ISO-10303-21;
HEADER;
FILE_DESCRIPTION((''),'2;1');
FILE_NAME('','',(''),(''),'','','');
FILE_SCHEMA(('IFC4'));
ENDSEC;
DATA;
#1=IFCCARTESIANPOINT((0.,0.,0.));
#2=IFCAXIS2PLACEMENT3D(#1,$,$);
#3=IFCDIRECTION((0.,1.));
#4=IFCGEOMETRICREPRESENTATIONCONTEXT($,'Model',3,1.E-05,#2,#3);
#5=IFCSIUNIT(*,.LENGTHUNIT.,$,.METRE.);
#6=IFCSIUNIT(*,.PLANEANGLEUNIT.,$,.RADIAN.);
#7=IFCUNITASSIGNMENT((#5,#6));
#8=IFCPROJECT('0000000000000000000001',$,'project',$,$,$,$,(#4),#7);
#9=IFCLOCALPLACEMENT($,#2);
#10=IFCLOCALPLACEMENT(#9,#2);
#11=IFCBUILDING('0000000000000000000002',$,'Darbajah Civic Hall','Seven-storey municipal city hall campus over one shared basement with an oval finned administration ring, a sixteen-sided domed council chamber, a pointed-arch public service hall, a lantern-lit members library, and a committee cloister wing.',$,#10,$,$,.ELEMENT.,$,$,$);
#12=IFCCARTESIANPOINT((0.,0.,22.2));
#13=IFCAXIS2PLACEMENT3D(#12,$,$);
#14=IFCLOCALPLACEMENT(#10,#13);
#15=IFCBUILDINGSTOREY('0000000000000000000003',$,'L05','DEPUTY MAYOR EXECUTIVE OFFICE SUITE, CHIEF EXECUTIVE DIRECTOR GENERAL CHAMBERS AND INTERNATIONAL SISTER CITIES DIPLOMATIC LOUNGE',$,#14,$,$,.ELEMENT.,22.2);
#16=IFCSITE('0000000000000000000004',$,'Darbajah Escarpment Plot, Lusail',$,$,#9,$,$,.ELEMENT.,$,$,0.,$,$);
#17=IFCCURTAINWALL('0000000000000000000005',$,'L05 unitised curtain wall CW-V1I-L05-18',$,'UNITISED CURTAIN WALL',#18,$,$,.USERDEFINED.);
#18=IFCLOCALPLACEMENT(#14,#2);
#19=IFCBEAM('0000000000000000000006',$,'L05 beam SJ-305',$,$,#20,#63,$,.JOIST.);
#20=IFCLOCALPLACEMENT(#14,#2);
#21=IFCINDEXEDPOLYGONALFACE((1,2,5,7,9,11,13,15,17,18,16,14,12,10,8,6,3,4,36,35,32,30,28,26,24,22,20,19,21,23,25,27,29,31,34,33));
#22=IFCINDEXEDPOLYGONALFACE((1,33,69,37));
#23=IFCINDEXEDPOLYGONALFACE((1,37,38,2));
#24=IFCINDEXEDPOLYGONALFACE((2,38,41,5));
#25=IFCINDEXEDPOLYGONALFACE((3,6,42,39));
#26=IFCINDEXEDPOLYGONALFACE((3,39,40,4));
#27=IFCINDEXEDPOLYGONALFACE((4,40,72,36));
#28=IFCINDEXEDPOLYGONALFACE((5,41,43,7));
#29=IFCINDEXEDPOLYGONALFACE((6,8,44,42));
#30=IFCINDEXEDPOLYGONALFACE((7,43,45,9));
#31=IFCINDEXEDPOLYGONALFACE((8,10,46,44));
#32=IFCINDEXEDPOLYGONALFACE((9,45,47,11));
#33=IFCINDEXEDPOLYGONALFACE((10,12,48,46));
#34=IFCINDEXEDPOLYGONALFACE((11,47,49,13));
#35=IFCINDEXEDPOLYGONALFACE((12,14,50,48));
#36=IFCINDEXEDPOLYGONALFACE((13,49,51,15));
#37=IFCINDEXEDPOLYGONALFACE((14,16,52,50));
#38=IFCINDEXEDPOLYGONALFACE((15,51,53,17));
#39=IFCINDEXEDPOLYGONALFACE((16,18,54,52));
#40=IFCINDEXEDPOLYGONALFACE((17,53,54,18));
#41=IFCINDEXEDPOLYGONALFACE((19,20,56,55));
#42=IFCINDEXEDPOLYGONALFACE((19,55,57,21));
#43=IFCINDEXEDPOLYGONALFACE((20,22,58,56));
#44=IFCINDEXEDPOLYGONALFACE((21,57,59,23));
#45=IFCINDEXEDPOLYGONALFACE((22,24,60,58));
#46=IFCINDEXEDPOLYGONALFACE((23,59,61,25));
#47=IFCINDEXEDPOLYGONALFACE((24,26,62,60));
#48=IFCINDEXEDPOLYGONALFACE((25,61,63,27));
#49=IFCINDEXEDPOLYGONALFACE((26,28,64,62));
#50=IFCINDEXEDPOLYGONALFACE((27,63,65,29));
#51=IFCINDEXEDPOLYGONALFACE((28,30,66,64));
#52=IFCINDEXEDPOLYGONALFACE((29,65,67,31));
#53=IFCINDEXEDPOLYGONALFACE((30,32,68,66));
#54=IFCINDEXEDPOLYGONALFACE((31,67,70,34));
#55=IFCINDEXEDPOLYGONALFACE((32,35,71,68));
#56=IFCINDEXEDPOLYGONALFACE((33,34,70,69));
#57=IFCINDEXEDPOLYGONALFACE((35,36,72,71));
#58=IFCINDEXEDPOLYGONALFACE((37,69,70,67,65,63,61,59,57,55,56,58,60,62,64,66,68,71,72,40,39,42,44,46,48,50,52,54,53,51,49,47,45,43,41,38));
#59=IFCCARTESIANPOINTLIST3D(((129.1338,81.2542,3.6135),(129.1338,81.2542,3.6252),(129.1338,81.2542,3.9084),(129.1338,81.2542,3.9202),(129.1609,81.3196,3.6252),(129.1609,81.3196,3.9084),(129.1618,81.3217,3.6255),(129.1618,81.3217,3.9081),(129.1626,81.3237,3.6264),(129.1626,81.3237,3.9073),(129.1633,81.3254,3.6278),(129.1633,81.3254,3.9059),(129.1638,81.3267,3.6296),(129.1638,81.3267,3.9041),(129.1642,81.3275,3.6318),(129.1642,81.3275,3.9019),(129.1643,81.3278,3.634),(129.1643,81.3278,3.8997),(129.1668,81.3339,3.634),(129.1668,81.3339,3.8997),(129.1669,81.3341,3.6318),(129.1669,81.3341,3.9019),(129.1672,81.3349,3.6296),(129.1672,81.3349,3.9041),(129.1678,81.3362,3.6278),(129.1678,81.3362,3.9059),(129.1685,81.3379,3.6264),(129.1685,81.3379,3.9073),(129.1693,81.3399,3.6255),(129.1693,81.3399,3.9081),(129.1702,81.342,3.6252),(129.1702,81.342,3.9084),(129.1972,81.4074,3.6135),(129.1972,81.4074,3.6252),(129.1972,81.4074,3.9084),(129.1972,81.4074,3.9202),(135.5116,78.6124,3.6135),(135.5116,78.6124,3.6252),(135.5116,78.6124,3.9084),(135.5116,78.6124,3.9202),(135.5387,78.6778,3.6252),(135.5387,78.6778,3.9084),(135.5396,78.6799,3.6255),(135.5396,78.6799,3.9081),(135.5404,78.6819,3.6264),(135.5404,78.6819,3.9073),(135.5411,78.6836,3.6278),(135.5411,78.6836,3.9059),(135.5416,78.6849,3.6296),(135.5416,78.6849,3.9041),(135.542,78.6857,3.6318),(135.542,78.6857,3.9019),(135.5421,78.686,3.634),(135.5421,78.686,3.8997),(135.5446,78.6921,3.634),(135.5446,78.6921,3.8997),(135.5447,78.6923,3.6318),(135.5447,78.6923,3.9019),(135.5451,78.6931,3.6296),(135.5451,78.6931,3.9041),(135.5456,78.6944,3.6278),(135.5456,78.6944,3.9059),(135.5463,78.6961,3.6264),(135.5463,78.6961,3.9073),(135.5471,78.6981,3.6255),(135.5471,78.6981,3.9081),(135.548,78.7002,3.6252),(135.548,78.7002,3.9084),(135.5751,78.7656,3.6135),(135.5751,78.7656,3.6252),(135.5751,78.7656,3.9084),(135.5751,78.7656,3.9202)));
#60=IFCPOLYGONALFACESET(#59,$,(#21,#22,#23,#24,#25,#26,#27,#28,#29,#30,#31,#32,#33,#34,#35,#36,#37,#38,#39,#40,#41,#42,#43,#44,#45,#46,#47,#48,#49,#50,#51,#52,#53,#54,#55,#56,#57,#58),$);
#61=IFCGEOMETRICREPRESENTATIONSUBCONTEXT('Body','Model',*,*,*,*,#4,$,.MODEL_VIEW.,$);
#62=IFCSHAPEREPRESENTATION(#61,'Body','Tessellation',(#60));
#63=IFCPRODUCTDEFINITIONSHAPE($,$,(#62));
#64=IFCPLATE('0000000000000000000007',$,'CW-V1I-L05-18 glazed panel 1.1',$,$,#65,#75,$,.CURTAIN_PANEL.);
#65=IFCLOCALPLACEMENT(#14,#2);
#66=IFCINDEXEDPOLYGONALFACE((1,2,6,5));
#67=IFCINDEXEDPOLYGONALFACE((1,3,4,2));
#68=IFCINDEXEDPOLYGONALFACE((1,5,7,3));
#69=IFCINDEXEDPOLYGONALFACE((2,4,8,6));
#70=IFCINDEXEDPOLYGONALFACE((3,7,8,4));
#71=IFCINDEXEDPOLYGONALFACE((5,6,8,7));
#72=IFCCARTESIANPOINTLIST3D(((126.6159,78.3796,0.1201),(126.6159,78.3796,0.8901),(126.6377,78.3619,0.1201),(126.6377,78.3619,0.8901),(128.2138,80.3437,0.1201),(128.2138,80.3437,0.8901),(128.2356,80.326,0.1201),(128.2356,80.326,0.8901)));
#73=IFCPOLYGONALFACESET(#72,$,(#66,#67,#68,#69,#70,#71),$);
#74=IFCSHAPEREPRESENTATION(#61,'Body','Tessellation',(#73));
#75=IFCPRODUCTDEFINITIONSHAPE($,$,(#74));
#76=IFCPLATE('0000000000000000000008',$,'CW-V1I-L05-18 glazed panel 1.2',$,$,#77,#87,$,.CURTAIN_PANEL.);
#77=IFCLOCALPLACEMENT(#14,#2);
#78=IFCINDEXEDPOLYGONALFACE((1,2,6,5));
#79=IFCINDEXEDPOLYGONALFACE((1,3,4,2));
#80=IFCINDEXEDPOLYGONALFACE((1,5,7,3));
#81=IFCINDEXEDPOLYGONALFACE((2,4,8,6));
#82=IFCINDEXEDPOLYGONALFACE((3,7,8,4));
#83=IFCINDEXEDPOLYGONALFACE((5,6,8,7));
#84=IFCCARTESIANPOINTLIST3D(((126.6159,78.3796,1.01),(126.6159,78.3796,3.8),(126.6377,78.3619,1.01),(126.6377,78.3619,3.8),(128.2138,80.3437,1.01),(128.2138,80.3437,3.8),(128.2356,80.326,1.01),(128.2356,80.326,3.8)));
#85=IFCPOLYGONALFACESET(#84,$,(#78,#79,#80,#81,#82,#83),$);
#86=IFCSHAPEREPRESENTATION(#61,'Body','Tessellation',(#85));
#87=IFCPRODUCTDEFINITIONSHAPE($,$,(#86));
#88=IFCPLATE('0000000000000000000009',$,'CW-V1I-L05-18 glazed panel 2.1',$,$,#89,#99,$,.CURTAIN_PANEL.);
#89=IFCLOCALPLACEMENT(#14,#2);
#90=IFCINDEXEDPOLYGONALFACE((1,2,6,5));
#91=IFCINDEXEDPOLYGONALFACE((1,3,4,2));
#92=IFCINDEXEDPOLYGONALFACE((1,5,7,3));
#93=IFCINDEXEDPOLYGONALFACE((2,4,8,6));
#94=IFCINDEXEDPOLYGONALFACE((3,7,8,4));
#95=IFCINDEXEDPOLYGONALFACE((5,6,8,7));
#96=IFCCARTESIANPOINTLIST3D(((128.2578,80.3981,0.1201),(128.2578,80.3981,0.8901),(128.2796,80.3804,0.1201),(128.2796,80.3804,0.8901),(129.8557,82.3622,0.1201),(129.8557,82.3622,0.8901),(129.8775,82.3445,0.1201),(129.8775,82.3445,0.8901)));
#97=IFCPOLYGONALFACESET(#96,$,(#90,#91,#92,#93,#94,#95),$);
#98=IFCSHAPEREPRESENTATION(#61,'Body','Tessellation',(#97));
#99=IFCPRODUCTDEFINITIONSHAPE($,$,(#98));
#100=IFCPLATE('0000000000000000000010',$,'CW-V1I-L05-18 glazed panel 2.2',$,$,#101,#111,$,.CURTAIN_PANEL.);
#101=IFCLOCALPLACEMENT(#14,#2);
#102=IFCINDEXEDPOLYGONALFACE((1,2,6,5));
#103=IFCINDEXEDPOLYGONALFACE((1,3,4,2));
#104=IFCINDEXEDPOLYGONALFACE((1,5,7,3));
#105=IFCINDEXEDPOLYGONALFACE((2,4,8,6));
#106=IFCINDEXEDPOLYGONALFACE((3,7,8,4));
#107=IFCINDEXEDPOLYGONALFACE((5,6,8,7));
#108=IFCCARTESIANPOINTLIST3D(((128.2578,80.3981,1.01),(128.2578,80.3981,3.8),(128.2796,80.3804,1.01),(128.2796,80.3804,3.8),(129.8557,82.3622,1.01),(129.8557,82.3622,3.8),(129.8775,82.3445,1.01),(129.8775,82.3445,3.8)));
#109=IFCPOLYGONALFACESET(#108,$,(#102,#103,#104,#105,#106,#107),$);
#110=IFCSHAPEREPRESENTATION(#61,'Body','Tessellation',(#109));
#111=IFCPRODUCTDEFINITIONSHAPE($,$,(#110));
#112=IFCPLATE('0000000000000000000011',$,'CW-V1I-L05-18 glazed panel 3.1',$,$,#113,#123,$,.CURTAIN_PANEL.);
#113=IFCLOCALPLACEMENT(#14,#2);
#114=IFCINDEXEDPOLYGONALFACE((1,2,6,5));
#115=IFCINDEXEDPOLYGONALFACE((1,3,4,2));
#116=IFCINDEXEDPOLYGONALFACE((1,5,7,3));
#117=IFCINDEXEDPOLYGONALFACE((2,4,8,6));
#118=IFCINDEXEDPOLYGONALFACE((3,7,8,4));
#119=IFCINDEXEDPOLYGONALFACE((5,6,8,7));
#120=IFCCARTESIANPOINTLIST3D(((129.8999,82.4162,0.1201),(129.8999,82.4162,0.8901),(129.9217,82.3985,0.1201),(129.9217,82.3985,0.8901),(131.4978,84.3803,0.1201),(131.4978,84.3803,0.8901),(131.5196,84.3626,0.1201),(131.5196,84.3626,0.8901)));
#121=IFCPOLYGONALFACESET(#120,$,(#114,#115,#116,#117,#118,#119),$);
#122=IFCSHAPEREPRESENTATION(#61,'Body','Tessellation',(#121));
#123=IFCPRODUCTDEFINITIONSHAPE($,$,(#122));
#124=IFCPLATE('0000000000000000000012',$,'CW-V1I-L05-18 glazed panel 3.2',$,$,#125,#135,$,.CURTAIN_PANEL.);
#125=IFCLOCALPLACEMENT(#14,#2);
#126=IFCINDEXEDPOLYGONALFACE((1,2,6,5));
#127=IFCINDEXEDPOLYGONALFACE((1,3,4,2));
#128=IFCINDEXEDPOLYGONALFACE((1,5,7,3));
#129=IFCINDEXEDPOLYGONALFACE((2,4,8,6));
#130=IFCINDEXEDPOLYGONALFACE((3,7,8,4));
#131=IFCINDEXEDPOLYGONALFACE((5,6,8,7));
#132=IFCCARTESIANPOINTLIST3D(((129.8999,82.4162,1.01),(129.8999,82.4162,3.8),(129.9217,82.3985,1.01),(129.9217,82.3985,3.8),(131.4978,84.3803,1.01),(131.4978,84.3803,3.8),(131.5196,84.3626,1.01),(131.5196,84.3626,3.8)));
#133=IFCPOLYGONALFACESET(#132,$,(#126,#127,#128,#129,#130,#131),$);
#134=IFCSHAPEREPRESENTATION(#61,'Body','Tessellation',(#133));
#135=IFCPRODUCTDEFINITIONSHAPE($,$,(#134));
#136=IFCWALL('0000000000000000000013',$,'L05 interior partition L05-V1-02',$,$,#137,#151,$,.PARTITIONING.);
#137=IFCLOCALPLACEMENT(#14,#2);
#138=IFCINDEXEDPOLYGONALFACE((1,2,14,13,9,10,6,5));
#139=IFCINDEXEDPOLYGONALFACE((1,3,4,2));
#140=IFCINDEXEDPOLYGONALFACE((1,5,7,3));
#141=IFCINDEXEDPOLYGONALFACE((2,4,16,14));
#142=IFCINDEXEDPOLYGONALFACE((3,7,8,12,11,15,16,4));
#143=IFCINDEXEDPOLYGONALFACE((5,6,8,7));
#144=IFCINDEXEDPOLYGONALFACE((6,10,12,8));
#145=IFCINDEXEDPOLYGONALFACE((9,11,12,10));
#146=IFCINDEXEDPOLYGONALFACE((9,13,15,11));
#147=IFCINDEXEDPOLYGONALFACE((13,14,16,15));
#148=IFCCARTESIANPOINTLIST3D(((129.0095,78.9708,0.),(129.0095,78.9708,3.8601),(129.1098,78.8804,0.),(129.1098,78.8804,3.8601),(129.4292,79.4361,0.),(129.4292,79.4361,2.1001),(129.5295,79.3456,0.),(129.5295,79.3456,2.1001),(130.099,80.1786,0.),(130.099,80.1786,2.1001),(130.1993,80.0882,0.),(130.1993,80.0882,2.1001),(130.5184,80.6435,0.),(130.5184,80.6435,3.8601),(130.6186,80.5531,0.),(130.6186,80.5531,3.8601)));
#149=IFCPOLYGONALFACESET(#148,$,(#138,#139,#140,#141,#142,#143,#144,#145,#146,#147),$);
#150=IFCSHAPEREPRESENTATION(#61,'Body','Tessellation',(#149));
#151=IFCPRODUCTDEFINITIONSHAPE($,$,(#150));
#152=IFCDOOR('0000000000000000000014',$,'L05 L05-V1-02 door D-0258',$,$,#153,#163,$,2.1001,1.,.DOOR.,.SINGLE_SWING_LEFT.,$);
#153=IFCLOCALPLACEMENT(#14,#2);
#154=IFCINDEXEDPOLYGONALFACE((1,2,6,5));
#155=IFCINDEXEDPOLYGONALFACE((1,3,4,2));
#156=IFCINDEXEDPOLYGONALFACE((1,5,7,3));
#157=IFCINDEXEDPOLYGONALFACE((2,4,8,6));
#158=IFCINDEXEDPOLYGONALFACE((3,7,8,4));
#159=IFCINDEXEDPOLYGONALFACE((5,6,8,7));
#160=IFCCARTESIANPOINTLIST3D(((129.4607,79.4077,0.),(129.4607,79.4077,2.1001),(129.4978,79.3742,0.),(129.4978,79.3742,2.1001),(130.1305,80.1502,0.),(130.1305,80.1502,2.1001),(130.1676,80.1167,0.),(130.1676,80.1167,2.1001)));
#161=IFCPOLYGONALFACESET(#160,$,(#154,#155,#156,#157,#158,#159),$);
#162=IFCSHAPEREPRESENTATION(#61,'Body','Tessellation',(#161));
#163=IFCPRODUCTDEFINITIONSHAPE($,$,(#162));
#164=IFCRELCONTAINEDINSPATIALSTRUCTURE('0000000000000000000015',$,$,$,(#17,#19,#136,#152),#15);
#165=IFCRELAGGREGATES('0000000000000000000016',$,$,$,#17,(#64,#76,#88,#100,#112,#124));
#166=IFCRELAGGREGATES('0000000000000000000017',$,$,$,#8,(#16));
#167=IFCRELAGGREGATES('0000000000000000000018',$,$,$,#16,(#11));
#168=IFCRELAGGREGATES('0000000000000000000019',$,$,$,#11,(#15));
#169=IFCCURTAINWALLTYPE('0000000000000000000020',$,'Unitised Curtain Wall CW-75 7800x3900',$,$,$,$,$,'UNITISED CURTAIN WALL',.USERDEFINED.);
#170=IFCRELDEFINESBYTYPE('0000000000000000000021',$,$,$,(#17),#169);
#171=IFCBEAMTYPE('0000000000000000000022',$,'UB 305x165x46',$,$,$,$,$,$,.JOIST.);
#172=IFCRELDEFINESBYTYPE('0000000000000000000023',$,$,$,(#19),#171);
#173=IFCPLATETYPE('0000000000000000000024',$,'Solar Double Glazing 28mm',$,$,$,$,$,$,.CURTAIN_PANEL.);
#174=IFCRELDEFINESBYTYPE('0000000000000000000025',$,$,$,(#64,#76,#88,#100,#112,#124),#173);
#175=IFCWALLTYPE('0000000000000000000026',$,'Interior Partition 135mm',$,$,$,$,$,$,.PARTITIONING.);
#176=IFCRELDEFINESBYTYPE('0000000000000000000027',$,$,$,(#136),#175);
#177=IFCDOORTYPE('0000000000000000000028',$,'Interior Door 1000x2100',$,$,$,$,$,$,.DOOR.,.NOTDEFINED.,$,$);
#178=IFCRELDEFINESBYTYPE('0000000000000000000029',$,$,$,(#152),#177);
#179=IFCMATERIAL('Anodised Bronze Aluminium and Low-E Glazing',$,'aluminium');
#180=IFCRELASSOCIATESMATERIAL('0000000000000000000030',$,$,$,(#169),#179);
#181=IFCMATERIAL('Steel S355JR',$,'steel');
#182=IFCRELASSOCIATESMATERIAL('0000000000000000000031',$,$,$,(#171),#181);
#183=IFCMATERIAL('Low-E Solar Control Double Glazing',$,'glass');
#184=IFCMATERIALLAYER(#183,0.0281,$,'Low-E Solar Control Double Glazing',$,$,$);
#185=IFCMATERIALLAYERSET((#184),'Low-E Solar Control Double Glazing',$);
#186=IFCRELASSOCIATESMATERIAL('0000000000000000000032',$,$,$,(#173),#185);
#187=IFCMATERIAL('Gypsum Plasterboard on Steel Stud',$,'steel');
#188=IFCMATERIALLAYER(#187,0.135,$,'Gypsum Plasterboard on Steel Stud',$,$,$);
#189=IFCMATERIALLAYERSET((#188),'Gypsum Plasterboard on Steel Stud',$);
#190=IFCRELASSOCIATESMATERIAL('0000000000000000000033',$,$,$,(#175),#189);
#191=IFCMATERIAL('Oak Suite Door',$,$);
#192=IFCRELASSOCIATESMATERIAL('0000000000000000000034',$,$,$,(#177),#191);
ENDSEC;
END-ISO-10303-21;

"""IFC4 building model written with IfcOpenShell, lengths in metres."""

from ifc_helpers import new_model, si_unit, direction, frame, frame_2d, origin, origin_2d, place, context, subcontext, project, spatial, rectangle, i_section, extrude, material, layer, layer_set, material_profile, profile_set, type_object, element, fill, aggregate, save


model = new_model("IFC4")

# Units and contexts
model_context = context("Model", 3, precision=1e-05, world=origin(), true_north=direction((0.0, 1.0)))
body_context = subcontext(model_context, "Body", "Model", "MODEL_VIEW")
ifc_project = project(units=[si_unit("LENGTHUNIT", "METRE"), si_unit("PLANEANGLEUNIT", "RADIAN")], contexts=[model_context])

# Site, building, storey
site_placement = place(None, origin())
site = spatial("IfcSite", under=ifc_project, at=site_placement, Name="Darbajah Escarpment Plot, Lusail", CompositionType="ELEMENT", RefElevation=0.0)
building_placement = place(site_placement, origin())
building = spatial("IfcBuilding", under=site, at=building_placement, Name="Darbajah Civic Hall", Description="Seven-storey municipal city hall campus over one shared basement with an oval finned administration ring, a sixteen-sided domed council chamber, a pointed-arch public service hall, a lantern-lit members library, and a committee cloister wing.", CompositionType="ELEMENT")
storey_placement = place(building_placement, frame((0.0, 0.0, 22.2)))
storey = spatial("IfcBuildingStorey", under=building, at=storey_placement, Name="L05", Description="DEPUTY MAYOR EXECUTIVE OFFICE SUITE, CHIEF EXECUTIVE DIRECTOR GENERAL CHAMBERS AND INTERNATIONAL SISTER CITIES DIPLOMATIC LOUNGE", CompositionType="ELEMENT", Elevation=22.2)

# Curtain wall
ifc_material_1 = material(Name="Anodised Bronze Aluminium and Low-E Glazing", Category="aluminium")
curtain_wall_type = type_object("IfcCurtainWallType", Name="Unitised Curtain Wall CW-75 7800x3900", ElementType="UNITISED CURTAIN WALL", PredefinedType="USERDEFINED", material=ifc_material_1)
curtain_wall_placement = place(storey_placement, origin())
curtain_wall = element("IfcCurtainWall", 1, at=curtain_wall_placement, inside=storey, type_object=curtain_wall_type, Name="L05 unitised curtain wall CW-V1I-L05-18", ObjectType="UNITISED CURTAIN WALL", PredefinedType="USERDEFINED")

# Beam
ifc_material_2 = material(Name="Steel S355JR", Category="steel")
ifc_material_profile_1 = material_profile(ifc_material_2, i_section(OverallWidth=0.1658, OverallDepth=0.3066, WebThickness=0.0066, FlangeThickness=0.0117, FilletRadius=0.0088, at=origin_2d()), Name="UB 305x165x46")
ifc_profile_set_1 = profile_set([ifc_material_profile_1], Name="Steel S355JR")
beam_type = type_object("IfcBeamType", Name="UB 305x165x46", PredefinedType="JOIST", material=ifc_profile_set_1)
beam_placement = place(storey_placement, frame((129.1655, 81.3308, 3.7668), z_axis=(0.923878, -0.382686, 0.0), x_axis=(0.382686, 0.923878, 0.0)))
element("IfcBeam", 2, at=beam_placement, inside=storey, type_object=beam_type, Name="L05 beam SJ-305", PredefinedType="JOIST", context=body_context, shape_type="SweptSolid", body=[
    extrude(i_section(OverallWidth=0.1658, OverallDepth=0.3066, WebThickness=0.0066, FlangeThickness=0.0117, FilletRadius=0.0088, at=origin_2d()), origin(), (0.0, 0.0, 1.0), 6.9033),
])

# Plates
ifc_material_3 = material(Name="Low-E Solar Control Double Glazing", Category="glass")
ifc_layer_1 = layer(ifc_material_3, 0.0281, Name="Low-E Solar Control Double Glazing")
ifc_layer_set_1 = layer_set([ifc_layer_1], Name="Low-E Solar Control Double Glazing")
plate_type = type_object("IfcPlateType", Name="Solar Double Glazing 28mm", PredefinedType="CURTAIN_PANEL", material=ifc_layer_set_1)
plate_1_placement = place(storey_placement, frame((127.4258, 79.3528, 0.1201), z_axis=(0.0, 0.0, 1.0), x_axis=(0.631082, 0.775716, 0.0)))
plate_1 = element("IfcPlate", 3, at=plate_1_placement, type_object=plate_type, Name="CW-V1I-L05-18 glazed panel 1.1", PredefinedType="CURTAIN_PANEL", context=body_context, shape_type="SweptSolid", body=[
    extrude(rectangle(XDim=2.532, YDim=0.0281, at=origin_2d()), origin(), (0.0, 0.0, 1.0), 0.77),
])
plate_2_placement = place(storey_placement, frame((127.4258, 79.3528, 1.01), z_axis=(0.0, 0.0, 1.0), x_axis=(0.631082, 0.775716, 0.0)))
plate_2 = element("IfcPlate", 4, at=plate_2_placement, type_object=plate_type, Name="CW-V1I-L05-18 glazed panel 1.2", PredefinedType="CURTAIN_PANEL", context=body_context, shape_type="SweptSolid", body=[
    extrude(rectangle(XDim=2.532, YDim=0.0281, at=origin_2d()), origin(), (0.0, 0.0, 1.0), 2.79),
])
plate_3_placement = place(storey_placement, frame((129.0676, 81.3713, 0.1201), z_axis=(0.0, 0.0, 1.0), x_axis=(0.631082, 0.775716, 0.0)))
plate_3 = element("IfcPlate", 5, at=plate_3_placement, type_object=plate_type, Name="CW-V1I-L05-18 glazed panel 2.1", PredefinedType="CURTAIN_PANEL", context=body_context, shape_type="SweptSolid", body=[
    extrude(rectangle(XDim=2.532, YDim=0.0281, at=origin_2d()), origin(), (0.0, 0.0, 1.0), 0.77),
])
plate_4_placement = place(storey_placement, frame((129.0676, 81.3713, 1.01), z_axis=(0.0, 0.0, 1.0), x_axis=(0.631082, 0.775716, 0.0)))
plate_4 = element("IfcPlate", 6, at=plate_4_placement, type_object=plate_type, Name="CW-V1I-L05-18 glazed panel 2.2", PredefinedType="CURTAIN_PANEL", context=body_context, shape_type="SweptSolid", body=[
    extrude(rectangle(XDim=2.532, YDim=0.0281, at=origin_2d()), origin(), (0.0, 0.0, 1.0), 2.79),
])
plate_5_placement = place(storey_placement, frame((130.7097, 83.3894, 0.1201), z_axis=(0.0, 0.0, 1.0), x_axis=(0.631082, 0.775716, 0.0)))
plate_5 = element("IfcPlate", 7, at=plate_5_placement, type_object=plate_type, Name="CW-V1I-L05-18 glazed panel 3.1", PredefinedType="CURTAIN_PANEL", context=body_context, shape_type="SweptSolid", body=[
    extrude(rectangle(XDim=2.532, YDim=0.0281, at=origin_2d()), origin(), (0.0, 0.0, 1.0), 0.77),
])
plate_6_placement = place(storey_placement, frame((130.7097, 83.3894, 1.01), z_axis=(0.0, 0.0, 1.0), x_axis=(0.631082, 0.775716, 0.0)))
plate_6 = element("IfcPlate", 8, at=plate_6_placement, type_object=plate_type, Name="CW-V1I-L05-18 glazed panel 3.2", PredefinedType="CURTAIN_PANEL", context=body_context, shape_type="SweptSolid", body=[
    extrude(rectangle(XDim=2.532, YDim=0.0281, at=origin_2d()), origin(), (0.0, 0.0, 1.0), 2.79),
])
aggregate(curtain_wall, [plate_1, plate_2, plate_3, plate_4, plate_5, plate_6])

# Wall, opening, door
ifc_material_4 = material(Name="Gypsum Plasterboard on Steel Stud", Category="steel")
ifc_layer_2 = layer(ifc_material_4, 0.135, Name="Gypsum Plasterboard on Steel Stud")
ifc_layer_set_2 = layer_set([ifc_layer_2], Name="Gypsum Plasterboard on Steel Stud")
wall_type = type_object("IfcWallType", Name="Interior Partition 135mm", PredefinedType="PARTITIONING", material=ifc_layer_set_2)
wall_placement = place(storey_placement, frame((130.5686, 80.5984, 0.0), z_axis=(0.0, 0.0, 1.0), x_axis=(-0.669809, -0.742534, 0.0)))
wall = element("IfcWall", 9, at=wall_placement, inside=storey, type_object=wall_type, Name="L05 interior partition L05-V1-02", PredefinedType="PARTITIONING", context=body_context, shape_type="SweptSolid", body=[
    extrude(rectangle(XDim=2.2527, YDim=0.135, at=frame_2d((1.1265, 0.0))), origin(), (0.0, 0.0, 1.0), 3.8601),
])
opening_placement = place(wall_placement, frame((0.6262, 0.0, 0.0)))
opening = element("IfcOpeningElement", 10, at=opening_placement, cuts=wall, PredefinedType="OPENING", context=body_context, shape_type="SweptSolid", body=[
    extrude(rectangle(XDim=1.0, YDim=2.1001, at=frame_2d((0.5, 1.05))), frame((0.0, 0.0774, 0.0), z_axis=(0.0, -1.0, 0.0), x_axis=(1.0, 0.0, 0.0)), (0.0, 0.0, 1.0), 0.155),
])
ifc_material_5 = material(Name="Oak Suite Door")
door_type = type_object("IfcDoorType", Name="Interior Door 1000x2100", OperationType="NOTDEFINED", PredefinedType="DOOR", material=ifc_material_5)
door_placement = place(opening_placement, origin())
door = element("IfcDoor", 11, at=door_placement, inside=storey, type_object=door_type, Name="L05 L05-V1-02 door D-0258", OperationType="SINGLE_SWING_LEFT", OverallHeight=2.1001, OverallWidth=1.0, PredefinedType="DOOR", context=body_context, shape_type="SweptSolid", body=[
    extrude(rectangle(XDim=1.0, YDim=2.1001, at=frame_2d((0.5, 1.05))), frame((0.0, 0.0249, 0.0), z_axis=(0.0, -1.0, 0.0), x_axis=(1.0, 0.0, 0.0)), (0.0, 0.0, 1.0), 0.05),
])
fill(opening, door)

save(model, "model.ifc")
